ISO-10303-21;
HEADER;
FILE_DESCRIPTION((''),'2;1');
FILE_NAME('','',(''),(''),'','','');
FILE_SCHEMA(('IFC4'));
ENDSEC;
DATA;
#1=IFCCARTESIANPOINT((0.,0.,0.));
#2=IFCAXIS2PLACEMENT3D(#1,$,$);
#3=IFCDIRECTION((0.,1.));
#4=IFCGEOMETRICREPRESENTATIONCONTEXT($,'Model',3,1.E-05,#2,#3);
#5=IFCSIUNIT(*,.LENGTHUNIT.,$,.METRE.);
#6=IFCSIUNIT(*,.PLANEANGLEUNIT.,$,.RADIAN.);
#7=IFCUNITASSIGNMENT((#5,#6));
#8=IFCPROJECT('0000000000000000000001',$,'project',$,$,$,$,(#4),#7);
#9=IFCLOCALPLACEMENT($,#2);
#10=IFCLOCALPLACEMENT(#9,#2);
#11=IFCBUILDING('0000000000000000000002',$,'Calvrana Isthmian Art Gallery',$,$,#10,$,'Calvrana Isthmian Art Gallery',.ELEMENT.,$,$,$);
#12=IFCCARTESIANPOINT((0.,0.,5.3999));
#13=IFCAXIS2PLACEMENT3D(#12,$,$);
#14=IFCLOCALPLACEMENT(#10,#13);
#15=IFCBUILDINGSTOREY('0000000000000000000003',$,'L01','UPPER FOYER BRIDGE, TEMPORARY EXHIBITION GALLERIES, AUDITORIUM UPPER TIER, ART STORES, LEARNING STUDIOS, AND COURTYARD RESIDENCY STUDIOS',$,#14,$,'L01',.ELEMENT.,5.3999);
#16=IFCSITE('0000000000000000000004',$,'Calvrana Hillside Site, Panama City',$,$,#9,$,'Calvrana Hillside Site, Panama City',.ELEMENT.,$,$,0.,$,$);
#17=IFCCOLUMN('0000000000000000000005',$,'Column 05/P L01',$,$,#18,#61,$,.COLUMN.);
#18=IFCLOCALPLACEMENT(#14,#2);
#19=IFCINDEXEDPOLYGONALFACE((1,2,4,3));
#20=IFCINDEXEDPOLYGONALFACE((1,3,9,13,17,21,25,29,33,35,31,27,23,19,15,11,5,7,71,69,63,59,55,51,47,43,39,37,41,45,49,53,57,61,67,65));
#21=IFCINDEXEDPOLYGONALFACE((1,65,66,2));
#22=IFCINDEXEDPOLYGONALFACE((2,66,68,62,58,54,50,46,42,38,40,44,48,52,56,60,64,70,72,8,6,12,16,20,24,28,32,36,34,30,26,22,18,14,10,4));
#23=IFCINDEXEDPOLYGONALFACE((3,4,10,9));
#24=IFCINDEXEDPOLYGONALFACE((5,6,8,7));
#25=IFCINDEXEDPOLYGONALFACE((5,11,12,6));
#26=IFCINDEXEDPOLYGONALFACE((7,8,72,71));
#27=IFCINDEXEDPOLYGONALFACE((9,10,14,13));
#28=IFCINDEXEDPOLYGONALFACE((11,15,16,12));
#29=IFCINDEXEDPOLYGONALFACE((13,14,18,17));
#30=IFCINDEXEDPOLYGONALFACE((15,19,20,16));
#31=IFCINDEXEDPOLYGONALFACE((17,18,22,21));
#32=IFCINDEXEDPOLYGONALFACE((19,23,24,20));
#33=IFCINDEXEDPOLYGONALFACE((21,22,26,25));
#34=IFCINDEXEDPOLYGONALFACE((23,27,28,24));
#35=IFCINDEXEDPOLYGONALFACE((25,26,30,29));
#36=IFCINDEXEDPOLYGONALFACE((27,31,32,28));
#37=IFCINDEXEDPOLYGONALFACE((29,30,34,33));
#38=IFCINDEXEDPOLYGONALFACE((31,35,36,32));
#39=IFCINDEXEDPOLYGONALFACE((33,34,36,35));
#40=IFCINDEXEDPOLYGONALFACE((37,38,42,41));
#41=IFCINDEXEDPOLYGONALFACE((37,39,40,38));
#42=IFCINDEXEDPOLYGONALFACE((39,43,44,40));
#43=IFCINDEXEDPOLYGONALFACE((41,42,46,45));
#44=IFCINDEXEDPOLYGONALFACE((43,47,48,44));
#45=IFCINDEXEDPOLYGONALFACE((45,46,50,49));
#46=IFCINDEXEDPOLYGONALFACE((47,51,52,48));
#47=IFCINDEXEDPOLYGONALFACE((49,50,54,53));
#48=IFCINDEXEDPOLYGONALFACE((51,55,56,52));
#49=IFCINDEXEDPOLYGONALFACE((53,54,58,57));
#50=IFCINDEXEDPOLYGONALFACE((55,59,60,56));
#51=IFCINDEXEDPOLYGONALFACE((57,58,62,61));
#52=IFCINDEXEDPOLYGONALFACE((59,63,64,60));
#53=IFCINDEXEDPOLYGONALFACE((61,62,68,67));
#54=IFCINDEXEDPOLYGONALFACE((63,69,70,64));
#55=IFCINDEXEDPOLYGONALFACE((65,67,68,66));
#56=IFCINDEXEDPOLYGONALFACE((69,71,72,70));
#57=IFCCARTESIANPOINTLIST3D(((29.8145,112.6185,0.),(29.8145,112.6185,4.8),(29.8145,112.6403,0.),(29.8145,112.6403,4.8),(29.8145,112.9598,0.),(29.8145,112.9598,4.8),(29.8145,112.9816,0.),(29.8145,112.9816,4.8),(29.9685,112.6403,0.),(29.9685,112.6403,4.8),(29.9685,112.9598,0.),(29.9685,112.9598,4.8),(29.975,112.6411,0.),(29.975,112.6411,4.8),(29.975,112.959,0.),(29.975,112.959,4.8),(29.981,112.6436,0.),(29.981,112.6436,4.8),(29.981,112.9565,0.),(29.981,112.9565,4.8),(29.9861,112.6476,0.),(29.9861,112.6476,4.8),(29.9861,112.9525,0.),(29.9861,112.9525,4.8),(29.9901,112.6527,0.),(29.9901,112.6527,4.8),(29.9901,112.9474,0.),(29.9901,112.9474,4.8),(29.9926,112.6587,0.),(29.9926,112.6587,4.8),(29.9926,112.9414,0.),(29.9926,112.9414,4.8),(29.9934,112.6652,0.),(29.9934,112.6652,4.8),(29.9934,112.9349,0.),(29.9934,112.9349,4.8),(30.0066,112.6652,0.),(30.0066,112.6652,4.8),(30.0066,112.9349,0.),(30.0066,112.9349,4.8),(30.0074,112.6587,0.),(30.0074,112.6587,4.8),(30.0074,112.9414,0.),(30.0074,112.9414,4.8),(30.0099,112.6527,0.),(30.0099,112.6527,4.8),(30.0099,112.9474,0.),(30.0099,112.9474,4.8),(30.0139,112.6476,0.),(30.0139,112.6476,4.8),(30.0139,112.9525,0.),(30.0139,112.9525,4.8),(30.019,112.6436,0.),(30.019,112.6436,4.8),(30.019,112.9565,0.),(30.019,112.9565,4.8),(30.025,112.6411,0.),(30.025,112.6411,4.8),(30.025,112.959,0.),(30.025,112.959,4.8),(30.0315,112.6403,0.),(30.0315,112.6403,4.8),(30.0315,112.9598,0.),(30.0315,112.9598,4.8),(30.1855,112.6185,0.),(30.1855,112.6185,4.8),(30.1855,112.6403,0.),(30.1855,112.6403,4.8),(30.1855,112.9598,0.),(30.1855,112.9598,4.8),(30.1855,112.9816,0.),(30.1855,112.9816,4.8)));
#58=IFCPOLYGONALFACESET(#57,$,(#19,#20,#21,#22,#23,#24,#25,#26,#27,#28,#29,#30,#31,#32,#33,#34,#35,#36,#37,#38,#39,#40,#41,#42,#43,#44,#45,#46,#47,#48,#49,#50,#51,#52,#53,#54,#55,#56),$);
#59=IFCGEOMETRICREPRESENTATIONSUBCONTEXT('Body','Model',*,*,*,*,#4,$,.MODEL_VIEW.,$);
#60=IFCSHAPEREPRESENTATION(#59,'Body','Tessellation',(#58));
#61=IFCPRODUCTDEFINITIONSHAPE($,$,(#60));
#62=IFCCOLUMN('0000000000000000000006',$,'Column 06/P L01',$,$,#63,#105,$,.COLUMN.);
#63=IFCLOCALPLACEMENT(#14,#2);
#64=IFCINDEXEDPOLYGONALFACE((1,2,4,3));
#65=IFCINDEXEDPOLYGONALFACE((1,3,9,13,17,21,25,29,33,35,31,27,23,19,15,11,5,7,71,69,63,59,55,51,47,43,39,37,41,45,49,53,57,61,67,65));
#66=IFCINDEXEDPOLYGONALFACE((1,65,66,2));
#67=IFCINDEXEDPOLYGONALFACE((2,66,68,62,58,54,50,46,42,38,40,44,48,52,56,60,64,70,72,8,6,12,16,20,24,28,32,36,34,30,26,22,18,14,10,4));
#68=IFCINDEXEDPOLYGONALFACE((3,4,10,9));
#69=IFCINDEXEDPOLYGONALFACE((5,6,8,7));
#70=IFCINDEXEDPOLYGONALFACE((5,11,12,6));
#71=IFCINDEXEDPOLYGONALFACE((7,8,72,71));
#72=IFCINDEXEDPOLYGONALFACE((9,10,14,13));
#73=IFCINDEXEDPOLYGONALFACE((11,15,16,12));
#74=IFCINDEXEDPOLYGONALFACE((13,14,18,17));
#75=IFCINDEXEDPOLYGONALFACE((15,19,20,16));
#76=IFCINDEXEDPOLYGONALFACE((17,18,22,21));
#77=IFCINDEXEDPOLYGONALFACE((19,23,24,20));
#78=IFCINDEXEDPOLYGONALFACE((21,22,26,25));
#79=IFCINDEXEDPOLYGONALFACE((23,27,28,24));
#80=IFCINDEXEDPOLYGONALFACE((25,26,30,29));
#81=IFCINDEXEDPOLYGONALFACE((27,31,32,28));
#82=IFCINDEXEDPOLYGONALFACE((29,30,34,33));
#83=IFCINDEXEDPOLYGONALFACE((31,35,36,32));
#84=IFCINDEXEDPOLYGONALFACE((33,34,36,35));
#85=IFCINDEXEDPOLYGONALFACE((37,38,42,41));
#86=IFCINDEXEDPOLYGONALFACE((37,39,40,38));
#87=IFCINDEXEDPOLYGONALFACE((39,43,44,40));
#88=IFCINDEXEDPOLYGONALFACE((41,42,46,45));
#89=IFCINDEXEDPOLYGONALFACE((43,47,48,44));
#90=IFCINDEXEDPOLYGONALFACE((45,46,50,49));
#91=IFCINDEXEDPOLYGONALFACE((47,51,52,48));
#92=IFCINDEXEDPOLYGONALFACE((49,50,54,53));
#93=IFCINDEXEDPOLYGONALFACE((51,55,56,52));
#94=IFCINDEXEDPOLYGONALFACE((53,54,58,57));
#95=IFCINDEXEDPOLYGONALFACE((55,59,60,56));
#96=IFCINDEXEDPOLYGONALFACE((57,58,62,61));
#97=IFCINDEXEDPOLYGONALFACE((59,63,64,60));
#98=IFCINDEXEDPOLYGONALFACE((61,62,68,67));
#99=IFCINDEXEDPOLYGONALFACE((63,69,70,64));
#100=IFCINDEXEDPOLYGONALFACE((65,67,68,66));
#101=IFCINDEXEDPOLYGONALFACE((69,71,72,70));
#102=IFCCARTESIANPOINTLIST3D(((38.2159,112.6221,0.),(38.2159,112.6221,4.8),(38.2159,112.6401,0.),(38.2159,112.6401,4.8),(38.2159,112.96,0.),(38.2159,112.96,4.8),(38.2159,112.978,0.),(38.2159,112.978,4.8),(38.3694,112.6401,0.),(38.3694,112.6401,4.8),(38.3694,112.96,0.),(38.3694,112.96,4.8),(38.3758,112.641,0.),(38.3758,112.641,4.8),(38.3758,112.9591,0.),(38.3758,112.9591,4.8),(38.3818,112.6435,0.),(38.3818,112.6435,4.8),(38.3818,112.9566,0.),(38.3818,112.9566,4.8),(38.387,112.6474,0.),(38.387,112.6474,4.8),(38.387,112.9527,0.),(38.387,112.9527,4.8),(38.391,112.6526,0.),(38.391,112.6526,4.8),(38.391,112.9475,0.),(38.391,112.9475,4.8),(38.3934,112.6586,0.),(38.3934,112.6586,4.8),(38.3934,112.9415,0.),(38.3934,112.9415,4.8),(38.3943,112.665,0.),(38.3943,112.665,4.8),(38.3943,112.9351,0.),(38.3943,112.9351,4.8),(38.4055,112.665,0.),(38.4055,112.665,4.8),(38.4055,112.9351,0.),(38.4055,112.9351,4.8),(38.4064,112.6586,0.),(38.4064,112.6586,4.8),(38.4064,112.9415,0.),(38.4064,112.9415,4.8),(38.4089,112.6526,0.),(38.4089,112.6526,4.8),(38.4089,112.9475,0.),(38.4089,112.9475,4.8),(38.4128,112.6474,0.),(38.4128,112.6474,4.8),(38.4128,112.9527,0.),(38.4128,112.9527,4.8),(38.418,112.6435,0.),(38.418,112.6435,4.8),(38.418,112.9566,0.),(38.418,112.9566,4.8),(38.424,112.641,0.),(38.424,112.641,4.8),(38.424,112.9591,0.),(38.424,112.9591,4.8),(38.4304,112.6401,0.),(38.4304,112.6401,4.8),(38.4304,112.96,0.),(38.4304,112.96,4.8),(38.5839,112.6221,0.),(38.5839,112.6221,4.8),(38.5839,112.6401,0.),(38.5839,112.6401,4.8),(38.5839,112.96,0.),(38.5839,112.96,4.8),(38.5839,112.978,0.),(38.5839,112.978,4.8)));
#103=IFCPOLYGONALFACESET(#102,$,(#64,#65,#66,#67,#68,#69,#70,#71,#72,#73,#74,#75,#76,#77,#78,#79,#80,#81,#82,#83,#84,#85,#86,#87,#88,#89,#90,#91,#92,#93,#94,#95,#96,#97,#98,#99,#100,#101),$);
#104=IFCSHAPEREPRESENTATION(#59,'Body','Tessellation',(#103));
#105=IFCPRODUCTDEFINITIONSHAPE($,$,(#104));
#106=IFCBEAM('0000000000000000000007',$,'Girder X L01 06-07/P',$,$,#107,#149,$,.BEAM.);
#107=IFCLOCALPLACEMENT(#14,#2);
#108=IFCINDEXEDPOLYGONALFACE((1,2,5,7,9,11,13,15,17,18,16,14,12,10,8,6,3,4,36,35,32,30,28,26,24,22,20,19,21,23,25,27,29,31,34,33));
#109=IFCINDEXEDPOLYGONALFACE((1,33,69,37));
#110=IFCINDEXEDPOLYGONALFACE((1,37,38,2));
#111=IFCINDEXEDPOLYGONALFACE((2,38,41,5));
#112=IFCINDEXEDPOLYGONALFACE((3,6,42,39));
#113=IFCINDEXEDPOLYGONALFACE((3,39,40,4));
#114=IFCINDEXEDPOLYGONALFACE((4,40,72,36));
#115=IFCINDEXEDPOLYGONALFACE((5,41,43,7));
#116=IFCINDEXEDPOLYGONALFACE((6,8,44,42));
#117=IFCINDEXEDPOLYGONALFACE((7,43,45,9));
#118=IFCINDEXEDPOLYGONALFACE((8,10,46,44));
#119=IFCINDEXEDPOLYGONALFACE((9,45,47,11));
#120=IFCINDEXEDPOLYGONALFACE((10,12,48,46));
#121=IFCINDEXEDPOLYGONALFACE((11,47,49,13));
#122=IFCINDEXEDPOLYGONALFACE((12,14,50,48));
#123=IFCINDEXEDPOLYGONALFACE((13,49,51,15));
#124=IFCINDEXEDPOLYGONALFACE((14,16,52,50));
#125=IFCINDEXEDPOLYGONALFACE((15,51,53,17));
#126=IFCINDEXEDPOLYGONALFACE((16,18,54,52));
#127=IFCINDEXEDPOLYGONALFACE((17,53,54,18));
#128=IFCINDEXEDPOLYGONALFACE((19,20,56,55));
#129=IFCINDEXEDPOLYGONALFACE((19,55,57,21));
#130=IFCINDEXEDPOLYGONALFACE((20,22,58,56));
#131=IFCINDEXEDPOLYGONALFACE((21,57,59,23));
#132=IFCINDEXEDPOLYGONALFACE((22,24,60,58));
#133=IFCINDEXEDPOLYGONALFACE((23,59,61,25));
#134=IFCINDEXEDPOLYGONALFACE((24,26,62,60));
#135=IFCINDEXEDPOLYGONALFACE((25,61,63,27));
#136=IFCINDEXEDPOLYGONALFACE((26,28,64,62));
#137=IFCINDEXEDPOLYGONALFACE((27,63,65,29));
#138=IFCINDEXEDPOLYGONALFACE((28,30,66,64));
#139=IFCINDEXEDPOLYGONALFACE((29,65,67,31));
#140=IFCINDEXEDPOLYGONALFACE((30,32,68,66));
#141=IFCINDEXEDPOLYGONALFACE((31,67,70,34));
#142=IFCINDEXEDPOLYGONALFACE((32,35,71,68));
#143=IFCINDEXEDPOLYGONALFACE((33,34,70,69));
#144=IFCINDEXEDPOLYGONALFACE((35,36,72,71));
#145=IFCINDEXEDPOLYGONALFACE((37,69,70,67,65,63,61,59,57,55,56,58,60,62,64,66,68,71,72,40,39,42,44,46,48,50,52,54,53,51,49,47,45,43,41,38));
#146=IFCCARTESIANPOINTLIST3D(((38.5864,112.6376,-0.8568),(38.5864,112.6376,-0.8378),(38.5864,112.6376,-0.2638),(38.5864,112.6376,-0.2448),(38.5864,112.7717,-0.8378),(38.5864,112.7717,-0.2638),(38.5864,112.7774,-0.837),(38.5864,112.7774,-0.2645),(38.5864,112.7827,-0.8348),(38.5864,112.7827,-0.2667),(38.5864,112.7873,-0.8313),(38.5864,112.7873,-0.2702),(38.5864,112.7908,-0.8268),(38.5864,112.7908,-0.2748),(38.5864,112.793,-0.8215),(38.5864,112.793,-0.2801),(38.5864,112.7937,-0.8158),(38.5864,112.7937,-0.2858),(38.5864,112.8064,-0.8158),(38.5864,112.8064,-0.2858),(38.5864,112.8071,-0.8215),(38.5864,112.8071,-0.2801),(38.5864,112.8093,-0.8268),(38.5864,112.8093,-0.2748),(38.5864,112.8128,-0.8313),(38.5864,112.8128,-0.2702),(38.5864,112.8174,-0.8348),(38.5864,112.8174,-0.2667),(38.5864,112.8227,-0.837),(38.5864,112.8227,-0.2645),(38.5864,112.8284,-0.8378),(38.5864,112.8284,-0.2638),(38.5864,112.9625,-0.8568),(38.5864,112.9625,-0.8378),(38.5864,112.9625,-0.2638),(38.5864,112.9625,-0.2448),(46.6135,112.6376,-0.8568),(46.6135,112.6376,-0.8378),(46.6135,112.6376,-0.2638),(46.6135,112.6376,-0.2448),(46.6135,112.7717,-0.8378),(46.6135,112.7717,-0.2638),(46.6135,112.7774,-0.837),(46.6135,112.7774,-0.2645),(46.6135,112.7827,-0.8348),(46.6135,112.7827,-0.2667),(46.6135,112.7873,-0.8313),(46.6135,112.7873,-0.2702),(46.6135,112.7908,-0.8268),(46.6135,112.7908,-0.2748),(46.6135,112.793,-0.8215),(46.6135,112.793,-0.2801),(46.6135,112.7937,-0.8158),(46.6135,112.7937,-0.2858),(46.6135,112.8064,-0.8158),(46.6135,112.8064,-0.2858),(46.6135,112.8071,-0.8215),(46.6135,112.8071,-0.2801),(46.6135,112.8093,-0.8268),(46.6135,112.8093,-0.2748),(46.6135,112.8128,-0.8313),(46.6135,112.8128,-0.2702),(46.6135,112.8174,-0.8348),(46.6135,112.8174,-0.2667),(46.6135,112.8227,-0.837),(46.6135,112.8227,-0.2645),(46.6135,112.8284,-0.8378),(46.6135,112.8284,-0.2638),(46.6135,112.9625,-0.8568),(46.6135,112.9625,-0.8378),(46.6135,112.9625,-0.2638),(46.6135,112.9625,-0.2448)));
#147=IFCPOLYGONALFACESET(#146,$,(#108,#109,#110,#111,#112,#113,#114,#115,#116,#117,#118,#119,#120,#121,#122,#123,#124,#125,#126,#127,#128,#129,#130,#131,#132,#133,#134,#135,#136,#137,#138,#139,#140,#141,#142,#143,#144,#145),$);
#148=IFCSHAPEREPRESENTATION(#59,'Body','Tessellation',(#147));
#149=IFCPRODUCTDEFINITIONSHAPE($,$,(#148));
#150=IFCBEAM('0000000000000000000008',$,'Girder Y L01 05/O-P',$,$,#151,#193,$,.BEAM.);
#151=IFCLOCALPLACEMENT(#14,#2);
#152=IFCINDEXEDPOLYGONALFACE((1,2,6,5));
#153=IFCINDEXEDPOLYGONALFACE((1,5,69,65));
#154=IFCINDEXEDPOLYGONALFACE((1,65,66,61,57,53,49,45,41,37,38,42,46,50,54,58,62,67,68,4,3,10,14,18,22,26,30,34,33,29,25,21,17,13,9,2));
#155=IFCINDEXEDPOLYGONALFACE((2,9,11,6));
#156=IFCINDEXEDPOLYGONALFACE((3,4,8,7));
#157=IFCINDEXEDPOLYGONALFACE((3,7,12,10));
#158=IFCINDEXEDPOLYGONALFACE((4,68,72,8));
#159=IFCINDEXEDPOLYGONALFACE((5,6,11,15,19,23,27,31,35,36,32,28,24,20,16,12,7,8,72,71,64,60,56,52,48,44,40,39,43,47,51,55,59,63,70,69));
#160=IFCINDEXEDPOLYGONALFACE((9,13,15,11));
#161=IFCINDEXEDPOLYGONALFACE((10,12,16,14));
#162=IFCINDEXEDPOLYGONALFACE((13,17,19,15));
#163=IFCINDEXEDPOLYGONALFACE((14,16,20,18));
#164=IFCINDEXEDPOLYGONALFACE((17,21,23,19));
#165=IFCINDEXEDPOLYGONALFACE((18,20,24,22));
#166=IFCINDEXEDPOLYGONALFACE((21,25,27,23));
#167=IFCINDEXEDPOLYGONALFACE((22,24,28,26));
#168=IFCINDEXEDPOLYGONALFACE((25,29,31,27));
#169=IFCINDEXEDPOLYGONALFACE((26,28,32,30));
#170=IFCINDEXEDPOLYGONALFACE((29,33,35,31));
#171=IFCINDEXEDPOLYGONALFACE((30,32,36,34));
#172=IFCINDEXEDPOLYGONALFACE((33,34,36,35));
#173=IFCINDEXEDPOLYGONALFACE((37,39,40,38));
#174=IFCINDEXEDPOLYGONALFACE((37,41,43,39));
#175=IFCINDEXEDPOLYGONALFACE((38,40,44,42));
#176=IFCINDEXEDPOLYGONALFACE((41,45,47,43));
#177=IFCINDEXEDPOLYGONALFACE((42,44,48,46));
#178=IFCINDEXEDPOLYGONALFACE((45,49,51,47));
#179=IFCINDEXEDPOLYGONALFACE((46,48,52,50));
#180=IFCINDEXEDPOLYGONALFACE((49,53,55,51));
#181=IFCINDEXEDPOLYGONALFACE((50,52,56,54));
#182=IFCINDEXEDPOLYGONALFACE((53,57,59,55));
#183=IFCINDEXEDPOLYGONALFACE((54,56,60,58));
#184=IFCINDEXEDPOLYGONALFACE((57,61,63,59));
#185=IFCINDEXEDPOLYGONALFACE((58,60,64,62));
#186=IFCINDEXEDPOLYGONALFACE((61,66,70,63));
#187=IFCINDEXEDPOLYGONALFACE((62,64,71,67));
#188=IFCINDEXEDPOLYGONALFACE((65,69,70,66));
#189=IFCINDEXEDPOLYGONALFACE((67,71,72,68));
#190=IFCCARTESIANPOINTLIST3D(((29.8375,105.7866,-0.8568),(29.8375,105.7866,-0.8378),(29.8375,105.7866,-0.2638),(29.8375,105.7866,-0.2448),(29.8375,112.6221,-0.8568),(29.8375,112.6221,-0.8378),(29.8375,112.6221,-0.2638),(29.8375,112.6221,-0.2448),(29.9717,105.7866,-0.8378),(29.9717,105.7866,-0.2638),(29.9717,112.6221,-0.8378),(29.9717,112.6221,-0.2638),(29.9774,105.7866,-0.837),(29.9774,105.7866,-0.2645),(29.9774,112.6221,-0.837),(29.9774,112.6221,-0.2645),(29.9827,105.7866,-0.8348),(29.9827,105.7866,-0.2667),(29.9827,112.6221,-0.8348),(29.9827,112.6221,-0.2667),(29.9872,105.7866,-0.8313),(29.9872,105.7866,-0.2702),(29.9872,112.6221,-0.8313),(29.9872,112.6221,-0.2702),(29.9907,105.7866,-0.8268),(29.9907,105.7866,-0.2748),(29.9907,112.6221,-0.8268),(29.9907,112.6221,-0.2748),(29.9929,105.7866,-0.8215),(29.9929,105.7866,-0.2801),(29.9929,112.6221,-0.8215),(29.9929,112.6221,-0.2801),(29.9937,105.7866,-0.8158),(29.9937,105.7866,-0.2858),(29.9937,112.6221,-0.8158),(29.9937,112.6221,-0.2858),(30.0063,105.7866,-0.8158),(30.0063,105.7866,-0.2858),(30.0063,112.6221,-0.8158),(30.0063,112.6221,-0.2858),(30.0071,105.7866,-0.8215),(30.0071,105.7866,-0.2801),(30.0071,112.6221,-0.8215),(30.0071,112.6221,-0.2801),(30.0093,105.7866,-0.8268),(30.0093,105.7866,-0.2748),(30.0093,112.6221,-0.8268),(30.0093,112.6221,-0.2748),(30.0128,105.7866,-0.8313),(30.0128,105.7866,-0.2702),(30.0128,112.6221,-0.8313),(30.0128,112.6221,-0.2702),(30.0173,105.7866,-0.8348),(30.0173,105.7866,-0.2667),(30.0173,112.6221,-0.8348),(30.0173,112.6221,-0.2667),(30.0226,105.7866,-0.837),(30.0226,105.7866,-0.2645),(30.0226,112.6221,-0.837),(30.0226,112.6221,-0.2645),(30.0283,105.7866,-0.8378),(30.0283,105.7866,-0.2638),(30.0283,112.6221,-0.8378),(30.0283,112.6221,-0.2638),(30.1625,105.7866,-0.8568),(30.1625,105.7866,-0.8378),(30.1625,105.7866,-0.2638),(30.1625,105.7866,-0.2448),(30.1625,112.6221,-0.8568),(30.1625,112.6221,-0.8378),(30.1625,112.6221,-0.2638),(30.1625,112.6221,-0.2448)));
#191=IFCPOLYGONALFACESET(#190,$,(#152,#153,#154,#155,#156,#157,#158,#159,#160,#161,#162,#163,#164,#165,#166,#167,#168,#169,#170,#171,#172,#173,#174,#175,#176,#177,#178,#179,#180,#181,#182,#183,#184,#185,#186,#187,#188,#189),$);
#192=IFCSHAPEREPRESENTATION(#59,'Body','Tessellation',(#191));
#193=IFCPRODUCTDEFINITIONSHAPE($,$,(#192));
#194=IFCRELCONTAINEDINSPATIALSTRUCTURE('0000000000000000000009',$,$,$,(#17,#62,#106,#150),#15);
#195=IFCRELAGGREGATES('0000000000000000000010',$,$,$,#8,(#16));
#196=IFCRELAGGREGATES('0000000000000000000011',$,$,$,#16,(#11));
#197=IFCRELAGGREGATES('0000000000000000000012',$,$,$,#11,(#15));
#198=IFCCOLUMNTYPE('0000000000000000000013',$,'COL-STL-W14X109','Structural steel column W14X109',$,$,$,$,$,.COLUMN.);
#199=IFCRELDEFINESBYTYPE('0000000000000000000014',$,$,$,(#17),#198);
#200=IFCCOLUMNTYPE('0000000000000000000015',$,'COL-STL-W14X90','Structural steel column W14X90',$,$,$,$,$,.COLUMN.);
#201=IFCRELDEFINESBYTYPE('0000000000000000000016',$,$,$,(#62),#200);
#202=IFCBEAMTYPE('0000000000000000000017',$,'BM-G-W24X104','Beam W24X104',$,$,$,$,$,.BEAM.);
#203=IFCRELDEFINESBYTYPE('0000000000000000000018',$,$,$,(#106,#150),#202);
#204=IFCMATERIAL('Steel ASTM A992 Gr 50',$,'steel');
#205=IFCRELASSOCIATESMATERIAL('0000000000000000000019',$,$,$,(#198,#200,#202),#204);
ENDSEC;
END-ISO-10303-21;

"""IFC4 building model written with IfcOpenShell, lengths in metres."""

from ifc_helpers import new_model, si_unit, direction, frame, origin, origin_2d, place, context, subcontext, project, spatial, i_section, extrude, material, material_profile, profile_set, type_object, element, save


model = new_model("IFC4")

# Units and contexts
model_context = context("Model", 3, precision=1e-05, world=origin(), true_north=direction((0.0, 1.0)))
body_context = subcontext(model_context, "Body", "Model", "MODEL_VIEW")
ifc_project = project(units=[si_unit("LENGTHUNIT", "METRE"), si_unit("PLANEANGLEUNIT", "RADIAN")], contexts=[model_context])

# Site, building, storey
site_placement = place(None, origin())
site = spatial("IfcSite", under=ifc_project, at=site_placement, Name="Calvrana Hillside Site, Panama City", LongName="Calvrana Hillside Site, Panama City", CompositionType="ELEMENT", RefElevation=0.0)
building_placement = place(site_placement, origin())
building = spatial("IfcBuilding", under=site, at=building_placement, Name="Calvrana Isthmian Art Gallery", LongName="Calvrana Isthmian Art Gallery", CompositionType="ELEMENT")
storey_placement = place(building_placement, frame((0.0, 0.0, 5.3999)))
storey = spatial("IfcBuildingStorey", under=building, at=storey_placement, Name="L01", Description="UPPER FOYER BRIDGE, TEMPORARY EXHIBITION GALLERIES, AUDITORIUM UPPER TIER, ART STORES, LEARNING STUDIOS, AND COURTYARD RESIDENCY STUDIOS", LongName="L01", CompositionType="ELEMENT", Elevation=5.3999)

# Columns
ifc_material_1 = material(Name="Steel ASTM A992 Gr 50", Category="steel")
ifc_material_profile_1 = material_profile(ifc_material_1, i_section(OverallWidth=0.3711, OverallDepth=0.363, WebThickness=0.0132, FlangeThickness=0.0217, FilletRadius=0.0249, at=origin_2d()), Name="W14X109")
ifc_profile_set_1 = profile_set([ifc_material_profile_1], Name="Steel ASTM A992 Gr 50")
column_type_1 = type_object("IfcColumnType", Name="COL-STL-W14X109", Description="Structural steel column W14X109", PredefinedType="COLUMN", material=ifc_profile_set_1)
column_1_placement = place(storey_placement, frame((30.0, 112.8, 0.0), z_axis=(0.0, 0.0, 1.0), x_axis=(1.0, 0.0, 0.0)))
element("IfcColumn", 1, at=column_1_placement, inside=storey, type_object=column_type_1, Name="Column 05/P L01", PredefinedType="COLUMN", context=body_context, shape_type="SweptSolid", body=[
    extrude(i_section(OverallWidth=0.3711, OverallDepth=0.363, WebThickness=0.0132, FlangeThickness=0.0217, FilletRadius=0.0249, at=origin_2d()), origin(), (0.0, 0.0, 1.0), 4.8),
])
ifc_material_profile_2 = material_profile(ifc_material_1, i_section(OverallWidth=0.3679, OverallDepth=0.356, WebThickness=0.0112, FlangeThickness=0.0181, FilletRadius=0.0249, at=origin_2d()), Name="W14X90")
ifc_profile_set_2 = profile_set([ifc_material_profile_2], Name="Steel ASTM A992 Gr 50")
column_type_2 = type_object("IfcColumnType", Name="COL-STL-W14X90", Description="Structural steel column W14X90", PredefinedType="COLUMN", material=ifc_profile_set_2)
column_2_placement = place(storey_placement, frame((38.3999, 112.8, 0.0), z_axis=(0.0, 0.0, 1.0), x_axis=(1.0, 0.0, 0.0)))
element("IfcColumn", 2, at=column_2_placement, inside=storey, type_object=column_type_2, Name="Column 06/P L01", PredefinedType="COLUMN", context=body_context, shape_type="SweptSolid", body=[
    extrude(i_section(OverallWidth=0.3679, OverallDepth=0.356, WebThickness=0.0112, FlangeThickness=0.0181, FilletRadius=0.0249, at=origin_2d()), origin(), (0.0, 0.0, 1.0), 4.8),
])

# Beams
ifc_material_profile_3 = material_profile(ifc_material_1, i_section(OverallWidth=0.325, OverallDepth=0.6121, WebThickness=0.0127, FlangeThickness=0.019, FilletRadius=0.022, at=origin_2d()), Name="W24X104")
ifc_profile_set_3 = profile_set([ifc_material_profile_3], Name="Steel ASTM A992 Gr 50")
beam_type_1 = type_object("IfcBeamType", Name="BM-G-W24X104", Description="Beam W24X104", PredefinedType="BEAM", material=ifc_profile_set_3)
beam_1_placement = place(storey_placement, frame((38.5864, 112.8, -0.5508), z_axis=(1.0, 0.0, 0.0), x_axis=(0.0, 1.0, 0.0)))
element("IfcBeam", 3, at=beam_1_placement, inside=storey, type_object=beam_type_1, Name="Girder X L01 06-07/P", PredefinedType="BEAM", context=body_context, shape_type="SweptSolid", body=[
    extrude(i_section(OverallWidth=0.325, OverallDepth=0.6121, WebThickness=0.0127, FlangeThickness=0.019, FilletRadius=0.022, at=origin_2d()), origin(), (0.0, 0.0, 1.0), 8.0271),
])
beam_2_placement = place(storey_placement, frame((30.0, 105.7866, -0.5508), z_axis=(0.0, 1.0, 0.0), x_axis=(-1.0, 0.0, 0.0)))
element("IfcBeam", 4, at=beam_2_placement, inside=storey, type_object=beam_type_1, Name="Girder Y L01 05/O-P", PredefinedType="BEAM", context=body_context, shape_type="SweptSolid", body=[
    extrude(i_section(OverallWidth=0.325, OverallDepth=0.6121, WebThickness=0.0127, FlangeThickness=0.019, FilletRadius=0.022, at=origin_2d()), origin(), (0.0, 0.0, 1.0), 6.8354),
])

save(model, "model.ifc")
